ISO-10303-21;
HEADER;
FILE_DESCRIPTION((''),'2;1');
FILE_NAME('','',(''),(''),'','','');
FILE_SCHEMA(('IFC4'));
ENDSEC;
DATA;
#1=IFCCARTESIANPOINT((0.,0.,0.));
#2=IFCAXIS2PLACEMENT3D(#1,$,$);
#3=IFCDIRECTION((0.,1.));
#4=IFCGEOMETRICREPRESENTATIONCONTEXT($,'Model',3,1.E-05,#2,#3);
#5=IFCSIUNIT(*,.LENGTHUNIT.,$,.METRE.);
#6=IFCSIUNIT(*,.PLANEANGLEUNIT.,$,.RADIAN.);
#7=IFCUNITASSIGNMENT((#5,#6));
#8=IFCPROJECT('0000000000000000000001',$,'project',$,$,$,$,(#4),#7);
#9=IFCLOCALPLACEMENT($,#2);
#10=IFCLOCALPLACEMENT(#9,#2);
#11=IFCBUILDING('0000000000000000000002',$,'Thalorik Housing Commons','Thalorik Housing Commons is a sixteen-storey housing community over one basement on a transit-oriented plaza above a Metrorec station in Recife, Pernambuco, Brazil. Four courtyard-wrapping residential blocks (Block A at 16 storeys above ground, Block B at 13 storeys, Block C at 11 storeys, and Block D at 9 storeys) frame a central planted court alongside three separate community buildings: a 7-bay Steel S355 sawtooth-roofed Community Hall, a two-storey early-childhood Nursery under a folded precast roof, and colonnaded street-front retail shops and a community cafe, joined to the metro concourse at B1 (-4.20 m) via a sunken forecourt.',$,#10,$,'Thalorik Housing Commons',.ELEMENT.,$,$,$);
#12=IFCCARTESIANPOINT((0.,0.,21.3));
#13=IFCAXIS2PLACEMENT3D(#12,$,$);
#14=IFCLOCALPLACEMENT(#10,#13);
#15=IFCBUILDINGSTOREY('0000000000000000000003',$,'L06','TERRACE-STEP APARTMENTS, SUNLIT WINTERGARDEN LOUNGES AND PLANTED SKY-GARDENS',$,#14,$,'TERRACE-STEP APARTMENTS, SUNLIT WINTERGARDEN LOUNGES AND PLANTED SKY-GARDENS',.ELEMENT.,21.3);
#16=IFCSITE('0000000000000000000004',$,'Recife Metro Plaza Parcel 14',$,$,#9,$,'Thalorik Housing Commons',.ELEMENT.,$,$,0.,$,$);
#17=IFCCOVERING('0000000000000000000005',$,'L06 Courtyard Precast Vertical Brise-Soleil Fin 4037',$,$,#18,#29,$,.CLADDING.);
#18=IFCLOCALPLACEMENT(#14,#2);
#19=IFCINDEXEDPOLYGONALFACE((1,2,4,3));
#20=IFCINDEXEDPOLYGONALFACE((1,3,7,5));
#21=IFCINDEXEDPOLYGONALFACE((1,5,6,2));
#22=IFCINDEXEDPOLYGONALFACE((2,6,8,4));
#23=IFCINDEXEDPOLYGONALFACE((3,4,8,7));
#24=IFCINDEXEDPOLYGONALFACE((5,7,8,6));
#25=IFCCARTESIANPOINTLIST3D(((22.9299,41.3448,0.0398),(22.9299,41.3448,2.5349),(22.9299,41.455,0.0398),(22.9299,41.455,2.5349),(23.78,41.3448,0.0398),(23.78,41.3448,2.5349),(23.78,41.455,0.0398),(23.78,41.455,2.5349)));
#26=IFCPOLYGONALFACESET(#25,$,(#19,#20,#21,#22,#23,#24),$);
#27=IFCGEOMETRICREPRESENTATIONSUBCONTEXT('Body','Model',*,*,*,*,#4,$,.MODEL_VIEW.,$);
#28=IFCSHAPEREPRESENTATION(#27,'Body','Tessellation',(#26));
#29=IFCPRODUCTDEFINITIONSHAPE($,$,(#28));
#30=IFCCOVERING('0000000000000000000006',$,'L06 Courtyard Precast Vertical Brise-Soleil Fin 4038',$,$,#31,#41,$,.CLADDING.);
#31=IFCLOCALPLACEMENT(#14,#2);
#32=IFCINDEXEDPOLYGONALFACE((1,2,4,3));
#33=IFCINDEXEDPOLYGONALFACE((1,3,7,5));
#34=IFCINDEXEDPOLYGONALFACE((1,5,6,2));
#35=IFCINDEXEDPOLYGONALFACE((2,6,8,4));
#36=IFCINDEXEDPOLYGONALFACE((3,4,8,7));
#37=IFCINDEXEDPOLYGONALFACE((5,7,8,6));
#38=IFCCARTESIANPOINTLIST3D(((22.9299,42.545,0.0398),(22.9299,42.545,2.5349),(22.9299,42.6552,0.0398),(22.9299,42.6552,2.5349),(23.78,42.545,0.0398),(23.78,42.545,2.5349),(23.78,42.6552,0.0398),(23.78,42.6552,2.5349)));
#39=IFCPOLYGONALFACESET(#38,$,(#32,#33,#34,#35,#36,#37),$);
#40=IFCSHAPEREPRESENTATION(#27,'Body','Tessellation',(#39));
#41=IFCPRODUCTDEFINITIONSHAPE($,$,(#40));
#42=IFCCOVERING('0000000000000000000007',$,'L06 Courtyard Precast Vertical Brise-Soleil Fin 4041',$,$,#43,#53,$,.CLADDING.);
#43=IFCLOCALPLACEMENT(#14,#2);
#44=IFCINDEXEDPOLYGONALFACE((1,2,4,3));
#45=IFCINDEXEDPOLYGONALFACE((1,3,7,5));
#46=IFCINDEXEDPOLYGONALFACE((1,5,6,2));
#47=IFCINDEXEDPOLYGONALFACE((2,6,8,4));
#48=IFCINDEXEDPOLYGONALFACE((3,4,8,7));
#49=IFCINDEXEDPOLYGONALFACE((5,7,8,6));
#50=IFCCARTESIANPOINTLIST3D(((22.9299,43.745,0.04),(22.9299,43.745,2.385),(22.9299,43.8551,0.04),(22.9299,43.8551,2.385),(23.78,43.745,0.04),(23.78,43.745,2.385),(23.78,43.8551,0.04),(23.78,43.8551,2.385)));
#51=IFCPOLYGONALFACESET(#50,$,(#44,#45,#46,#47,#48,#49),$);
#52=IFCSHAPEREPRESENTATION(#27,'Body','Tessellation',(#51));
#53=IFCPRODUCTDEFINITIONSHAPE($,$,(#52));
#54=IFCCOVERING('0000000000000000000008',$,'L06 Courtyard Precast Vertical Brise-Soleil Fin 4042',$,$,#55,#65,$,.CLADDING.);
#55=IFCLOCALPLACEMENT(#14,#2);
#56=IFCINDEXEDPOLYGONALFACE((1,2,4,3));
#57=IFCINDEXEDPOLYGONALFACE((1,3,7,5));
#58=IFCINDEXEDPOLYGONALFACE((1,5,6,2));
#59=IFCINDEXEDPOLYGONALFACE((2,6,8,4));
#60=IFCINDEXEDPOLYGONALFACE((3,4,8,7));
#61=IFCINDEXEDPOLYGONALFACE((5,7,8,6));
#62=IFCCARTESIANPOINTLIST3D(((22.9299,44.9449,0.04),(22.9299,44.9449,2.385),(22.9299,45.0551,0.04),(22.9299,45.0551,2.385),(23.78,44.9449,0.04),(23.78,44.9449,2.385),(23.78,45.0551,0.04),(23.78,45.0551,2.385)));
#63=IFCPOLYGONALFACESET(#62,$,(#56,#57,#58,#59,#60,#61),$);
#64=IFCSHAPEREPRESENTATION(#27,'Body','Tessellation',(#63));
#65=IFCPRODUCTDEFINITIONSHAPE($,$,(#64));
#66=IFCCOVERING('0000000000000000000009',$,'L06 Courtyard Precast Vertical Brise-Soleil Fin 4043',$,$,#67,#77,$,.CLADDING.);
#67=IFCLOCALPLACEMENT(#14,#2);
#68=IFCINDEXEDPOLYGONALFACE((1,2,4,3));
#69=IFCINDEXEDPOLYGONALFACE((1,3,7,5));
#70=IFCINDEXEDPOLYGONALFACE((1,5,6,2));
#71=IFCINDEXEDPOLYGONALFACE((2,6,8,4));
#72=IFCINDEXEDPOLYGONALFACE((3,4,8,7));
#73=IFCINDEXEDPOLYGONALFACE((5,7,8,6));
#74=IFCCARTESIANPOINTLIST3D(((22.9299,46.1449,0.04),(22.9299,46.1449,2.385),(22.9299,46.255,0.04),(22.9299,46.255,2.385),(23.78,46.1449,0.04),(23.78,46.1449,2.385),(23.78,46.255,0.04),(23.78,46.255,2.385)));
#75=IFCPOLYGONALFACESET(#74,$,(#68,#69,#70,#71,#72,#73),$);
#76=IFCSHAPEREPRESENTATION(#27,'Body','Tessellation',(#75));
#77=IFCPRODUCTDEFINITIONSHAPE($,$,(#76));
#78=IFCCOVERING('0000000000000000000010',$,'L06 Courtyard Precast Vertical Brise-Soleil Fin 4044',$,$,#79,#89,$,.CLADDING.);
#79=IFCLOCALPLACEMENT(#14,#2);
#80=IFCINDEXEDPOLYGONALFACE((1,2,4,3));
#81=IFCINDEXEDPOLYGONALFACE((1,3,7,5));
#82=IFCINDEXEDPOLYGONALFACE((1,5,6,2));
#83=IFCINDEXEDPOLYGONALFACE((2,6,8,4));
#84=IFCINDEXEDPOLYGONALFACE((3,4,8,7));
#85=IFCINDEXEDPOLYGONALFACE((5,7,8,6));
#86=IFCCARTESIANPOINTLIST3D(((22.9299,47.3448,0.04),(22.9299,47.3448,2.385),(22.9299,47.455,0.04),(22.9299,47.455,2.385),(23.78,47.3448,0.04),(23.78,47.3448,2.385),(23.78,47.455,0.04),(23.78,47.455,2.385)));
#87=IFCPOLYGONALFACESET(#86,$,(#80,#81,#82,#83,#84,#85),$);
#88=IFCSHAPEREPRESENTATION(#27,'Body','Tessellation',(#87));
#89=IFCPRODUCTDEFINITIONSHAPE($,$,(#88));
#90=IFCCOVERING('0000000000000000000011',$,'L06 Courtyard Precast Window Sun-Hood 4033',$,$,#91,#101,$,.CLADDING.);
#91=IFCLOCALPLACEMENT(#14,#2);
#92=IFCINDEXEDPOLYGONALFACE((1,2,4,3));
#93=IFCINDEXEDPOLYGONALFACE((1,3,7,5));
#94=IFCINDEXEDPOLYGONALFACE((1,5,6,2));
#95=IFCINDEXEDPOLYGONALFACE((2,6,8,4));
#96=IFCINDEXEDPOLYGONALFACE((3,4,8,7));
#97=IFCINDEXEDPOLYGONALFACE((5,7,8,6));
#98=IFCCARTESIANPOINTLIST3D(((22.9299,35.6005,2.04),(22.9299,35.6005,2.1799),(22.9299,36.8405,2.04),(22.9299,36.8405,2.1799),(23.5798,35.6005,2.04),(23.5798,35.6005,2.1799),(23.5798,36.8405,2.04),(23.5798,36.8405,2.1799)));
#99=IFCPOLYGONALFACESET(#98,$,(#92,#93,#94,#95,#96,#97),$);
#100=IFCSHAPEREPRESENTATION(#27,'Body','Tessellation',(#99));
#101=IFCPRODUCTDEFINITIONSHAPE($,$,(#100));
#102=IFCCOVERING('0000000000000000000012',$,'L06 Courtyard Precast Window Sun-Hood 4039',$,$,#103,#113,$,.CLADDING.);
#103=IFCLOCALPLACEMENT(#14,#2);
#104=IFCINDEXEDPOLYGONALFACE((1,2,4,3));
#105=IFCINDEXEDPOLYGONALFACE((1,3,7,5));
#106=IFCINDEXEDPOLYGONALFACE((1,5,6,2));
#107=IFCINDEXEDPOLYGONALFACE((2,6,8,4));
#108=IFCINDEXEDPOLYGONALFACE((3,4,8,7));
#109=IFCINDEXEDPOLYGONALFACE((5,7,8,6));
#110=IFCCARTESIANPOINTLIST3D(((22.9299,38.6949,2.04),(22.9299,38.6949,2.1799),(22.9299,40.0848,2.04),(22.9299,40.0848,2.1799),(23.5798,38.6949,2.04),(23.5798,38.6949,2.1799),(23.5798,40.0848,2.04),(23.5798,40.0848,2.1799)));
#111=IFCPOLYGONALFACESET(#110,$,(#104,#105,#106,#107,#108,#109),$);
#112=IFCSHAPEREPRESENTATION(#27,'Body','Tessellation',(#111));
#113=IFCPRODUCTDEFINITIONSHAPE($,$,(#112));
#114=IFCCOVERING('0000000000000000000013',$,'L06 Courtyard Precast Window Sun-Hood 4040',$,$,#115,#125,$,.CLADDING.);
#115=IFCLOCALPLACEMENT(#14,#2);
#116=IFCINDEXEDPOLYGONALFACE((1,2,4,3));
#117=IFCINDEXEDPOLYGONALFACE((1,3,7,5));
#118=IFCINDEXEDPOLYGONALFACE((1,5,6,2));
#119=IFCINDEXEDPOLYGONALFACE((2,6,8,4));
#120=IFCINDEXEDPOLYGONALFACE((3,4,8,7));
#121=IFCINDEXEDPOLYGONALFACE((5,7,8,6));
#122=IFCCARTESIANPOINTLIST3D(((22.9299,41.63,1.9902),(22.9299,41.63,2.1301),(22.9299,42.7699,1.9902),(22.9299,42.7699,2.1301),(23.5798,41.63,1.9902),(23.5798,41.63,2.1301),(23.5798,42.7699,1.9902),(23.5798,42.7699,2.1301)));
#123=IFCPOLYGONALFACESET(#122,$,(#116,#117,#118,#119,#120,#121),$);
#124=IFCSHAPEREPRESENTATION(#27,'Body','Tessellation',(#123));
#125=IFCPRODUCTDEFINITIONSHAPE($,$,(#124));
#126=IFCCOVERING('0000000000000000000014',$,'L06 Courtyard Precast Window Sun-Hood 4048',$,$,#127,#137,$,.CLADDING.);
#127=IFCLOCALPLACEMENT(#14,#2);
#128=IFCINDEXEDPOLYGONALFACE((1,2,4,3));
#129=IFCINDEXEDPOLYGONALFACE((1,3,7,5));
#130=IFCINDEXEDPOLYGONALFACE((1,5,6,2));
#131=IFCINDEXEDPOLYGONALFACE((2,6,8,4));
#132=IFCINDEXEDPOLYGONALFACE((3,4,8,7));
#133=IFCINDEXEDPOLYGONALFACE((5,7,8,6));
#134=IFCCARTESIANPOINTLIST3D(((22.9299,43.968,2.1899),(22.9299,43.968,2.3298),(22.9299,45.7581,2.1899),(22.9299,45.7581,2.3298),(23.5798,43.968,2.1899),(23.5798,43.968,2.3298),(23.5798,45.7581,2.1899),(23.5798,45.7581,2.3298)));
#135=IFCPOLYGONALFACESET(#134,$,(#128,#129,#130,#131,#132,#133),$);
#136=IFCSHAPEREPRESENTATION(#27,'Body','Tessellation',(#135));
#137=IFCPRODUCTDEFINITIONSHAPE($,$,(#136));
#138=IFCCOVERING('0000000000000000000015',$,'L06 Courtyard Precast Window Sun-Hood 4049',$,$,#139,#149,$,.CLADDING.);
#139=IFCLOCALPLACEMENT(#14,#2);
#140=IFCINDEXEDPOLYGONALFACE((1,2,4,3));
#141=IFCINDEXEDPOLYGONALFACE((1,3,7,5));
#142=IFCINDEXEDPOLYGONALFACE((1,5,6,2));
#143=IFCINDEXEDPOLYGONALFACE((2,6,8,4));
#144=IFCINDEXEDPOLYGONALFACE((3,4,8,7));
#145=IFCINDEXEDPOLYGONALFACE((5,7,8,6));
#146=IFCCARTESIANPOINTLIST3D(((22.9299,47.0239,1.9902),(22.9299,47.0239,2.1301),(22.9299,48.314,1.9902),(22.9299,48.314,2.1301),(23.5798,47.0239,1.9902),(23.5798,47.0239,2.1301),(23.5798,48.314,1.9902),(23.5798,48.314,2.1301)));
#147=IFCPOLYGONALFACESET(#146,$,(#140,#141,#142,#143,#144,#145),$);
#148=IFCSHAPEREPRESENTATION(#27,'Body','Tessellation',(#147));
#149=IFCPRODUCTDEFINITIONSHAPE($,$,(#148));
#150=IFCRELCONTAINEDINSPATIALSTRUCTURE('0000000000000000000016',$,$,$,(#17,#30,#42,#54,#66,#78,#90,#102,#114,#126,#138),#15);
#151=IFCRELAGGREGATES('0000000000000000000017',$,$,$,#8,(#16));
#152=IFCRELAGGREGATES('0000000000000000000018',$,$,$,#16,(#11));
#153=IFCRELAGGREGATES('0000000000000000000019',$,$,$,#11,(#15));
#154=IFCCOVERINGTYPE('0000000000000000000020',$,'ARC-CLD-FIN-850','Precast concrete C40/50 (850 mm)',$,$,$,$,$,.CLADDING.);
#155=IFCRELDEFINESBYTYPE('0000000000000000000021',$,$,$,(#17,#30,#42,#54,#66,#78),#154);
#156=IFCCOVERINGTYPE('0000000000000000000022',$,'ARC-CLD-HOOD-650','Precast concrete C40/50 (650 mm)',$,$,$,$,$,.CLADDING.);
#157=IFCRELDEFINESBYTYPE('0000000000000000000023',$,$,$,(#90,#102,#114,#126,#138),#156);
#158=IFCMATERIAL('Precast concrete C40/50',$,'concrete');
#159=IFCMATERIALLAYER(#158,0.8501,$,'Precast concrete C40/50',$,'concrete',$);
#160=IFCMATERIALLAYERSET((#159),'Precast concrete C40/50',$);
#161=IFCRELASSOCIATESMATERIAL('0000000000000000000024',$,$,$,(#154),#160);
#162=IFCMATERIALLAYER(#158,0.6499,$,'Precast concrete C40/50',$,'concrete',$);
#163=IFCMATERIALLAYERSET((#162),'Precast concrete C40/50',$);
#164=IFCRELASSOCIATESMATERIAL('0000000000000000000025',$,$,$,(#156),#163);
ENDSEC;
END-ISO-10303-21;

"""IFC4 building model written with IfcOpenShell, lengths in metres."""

from ifc_helpers import new_model, si_unit, direction, frame, origin, origin_2d, place, context, subcontext, project, spatial, rectangle, extrude, material, layer, layer_set, type_object, element, save


model = new_model("IFC4")

# Units and contexts
model_context = context("Model", 3, precision=1e-05, world=origin(), true_north=direction((0.0, 1.0)))
body_context = subcontext(model_context, "Body", "Model", "MODEL_VIEW")
ifc_project = project(units=[si_unit("LENGTHUNIT", "METRE"), si_unit("PLANEANGLEUNIT", "RADIAN")], contexts=[model_context])

# Site, building, storey
site_placement = place(None, origin())
site = spatial("IfcSite", under=ifc_project, at=site_placement, Name="Recife Metro Plaza Parcel 14", LongName="Thalorik Housing Commons", CompositionType="ELEMENT", RefElevation=0.0)
building_placement = place(site_placement, origin())
building = spatial("IfcBuilding", under=site, at=building_placement, Name="Thalorik Housing Commons", Description="Thalorik Housing Commons is a sixteen-storey housing community over one basement on a transit-oriented plaza above a Metrorec station in Recife, Pernambuco, Brazil. Four courtyard-wrapping residential blocks (Block A at 16 storeys above ground, Block B at 13 storeys, Block C at 11 storeys, and Block D at 9 storeys) frame a central planted court alongside three separate community buildings: a 7-bay Steel S355 sawtooth-roofed Community Hall, a two-storey early-childhood Nursery under a folded precast roof, and colonnaded street-front retail shops and a community cafe, joined to the metro concourse at B1 (-4.20 m) via a sunken forecourt.", LongName="Thalorik Housing Commons", CompositionType="ELEMENT")
storey_placement = place(building_placement, frame((0.0, 0.0, 21.3)))
storey = spatial("IfcBuildingStorey", under=building, at=storey_placement, Name="L06", Description="TERRACE-STEP APARTMENTS, SUNLIT WINTERGARDEN LOUNGES AND PLANTED SKY-GARDENS", LongName="TERRACE-STEP APARTMENTS, SUNLIT WINTERGARDEN LOUNGES AND PLANTED SKY-GARDENS", CompositionType="ELEMENT", Elevation=21.3)

# Shared definitions
ifc_material_1 = material(Name="Precast concrete C40/50", Category="concrete")

# Coverings
ifc_layer_1 = layer(ifc_material_1, 0.8501, Name="Precast concrete C40/50", Category="concrete")
ifc_layer_set_1 = layer_set([ifc_layer_1], Name="Precast concrete C40/50")
covering_type_1 = type_object("IfcCoveringType", Name="ARC-CLD-FIN-850", Description="Precast concrete C40/50 (850 mm)", PredefinedType="CLADDING", material=ifc_layer_set_1)
for number, where, z_axis, x_axis, name in (
    (1, (23.355, 41.3999, 0.0398), (0.0, 0.0, 1.0), (0.0, 1.0, 0.0), "L06 Courtyard Precast Vertical Brise-Soleil Fin 4037"),
    (2, (23.355, 42.6001, 0.0398), (0.0, 0.0, 1.0), (0.0, 1.0, 0.0), "L06 Courtyard Precast Vertical Brise-Soleil Fin 4038"),
):
    element("IfcCovering", number, at=place(storey_placement, frame(where, z_axis=z_axis, x_axis=x_axis)), inside=storey, type_object=covering_type_1, Name=name, PredefinedType="CLADDING", context=body_context, shape_type="SweptSolid", body=[
        extrude(rectangle(XDim=0.1101, YDim=0.8501, at=origin_2d()), origin(), (0.0, 0.0, 1.0), 2.4951),
    ])
for number, where, z_axis, x_axis, name in (
    (3, (23.355, 43.8, 0.04), (0.0, 0.0, 1.0), (0.0, 1.0, 0.0), "L06 Courtyard Precast Vertical Brise-Soleil Fin 4041"),
    (4, (23.355, 45.0, 0.04), (0.0, 0.0, 1.0), (0.0, 1.0, 0.0), "L06 Courtyard Precast Vertical Brise-Soleil Fin 4042"),
    (5, (23.355, 46.2, 0.04), (0.0, 0.0, 1.0), (0.0, 1.0, 0.0), "L06 Courtyard Precast Vertical Brise-Soleil Fin 4043"),
    (6, (23.355, 47.3999, 0.04), (0.0, 0.0, 1.0), (0.0, 1.0, 0.0), "L06 Courtyard Precast Vertical Brise-Soleil Fin 4044"),
):
    element("IfcCovering", number, at=place(storey_placement, frame(where, z_axis=z_axis, x_axis=x_axis)), inside=storey, type_object=covering_type_1, Name=name, PredefinedType="CLADDING", context=body_context, shape_type="SweptSolid", body=[
        extrude(rectangle(XDim=0.1101, YDim=0.8501, at=origin_2d()), origin(), (0.0, 0.0, 1.0), 2.345),
    ])
ifc_layer_2 = layer(ifc_material_1, 0.6499, Name="Precast concrete C40/50", Category="concrete")
ifc_layer_set_2 = layer_set([ifc_layer_2], Name="Precast concrete C40/50")
covering_type_2 = type_object("IfcCoveringType", Name="ARC-CLD-HOOD-650", Description="Precast concrete C40/50 (650 mm)", PredefinedType="CLADDING", material=ifc_layer_set_2)
covering_1_placement = place(storey_placement, frame((23.2549, 36.2205, 2.04), z_axis=(0.0, 0.0, 1.0), x_axis=(0.0, 1.0, 0.0)))
element("IfcCovering", 7, at=covering_1_placement, inside=storey, type_object=covering_type_2, Name="L06 Courtyard Precast Window Sun-Hood 4033", PredefinedType="CLADDING", context=body_context, shape_type="SweptSolid", body=[
    extrude(rectangle(XDim=1.24, YDim=0.6499, at=origin_2d()), origin(), (0.0, 0.0, 1.0), 0.1399),
])
covering_2_placement = place(storey_placement, frame((23.2549, 39.3899, 2.04), z_axis=(0.0, 0.0, 1.0), x_axis=(0.0, 1.0, 0.0)))
element("IfcCovering", 8, at=covering_2_placement, inside=storey, type_object=covering_type_2, Name="L06 Courtyard Precast Window Sun-Hood 4039", PredefinedType="CLADDING", context=body_context, shape_type="SweptSolid", body=[
    extrude(rectangle(XDim=1.3899, YDim=0.6499, at=origin_2d()), origin(), (0.0, 0.0, 1.0), 0.1399),
])
covering_3_placement = place(storey_placement, frame((23.2549, 42.2, 1.9902), z_axis=(0.0, 0.0, 1.0), x_axis=(0.0, 1.0, 0.0)))
element("IfcCovering", 9, at=covering_3_placement, inside=storey, type_object=covering_type_2, Name="L06 Courtyard Precast Window Sun-Hood 4040", PredefinedType="CLADDING", context=body_context, shape_type="SweptSolid", body=[
    extrude(rectangle(XDim=1.1399, YDim=0.6499, at=origin_2d()), origin(), (0.0, 0.0, 1.0), 0.1399),
])
covering_4_placement = place(storey_placement, frame((23.2549, 44.863, 2.1899), z_axis=(0.0, 0.0, 1.0), x_axis=(0.0, 1.0, 0.0)))
element("IfcCovering", 10, at=covering_4_placement, inside=storey, type_object=covering_type_2, Name="L06 Courtyard Precast Window Sun-Hood 4048", PredefinedType="CLADDING", context=body_context, shape_type="SweptSolid", body=[
    extrude(rectangle(XDim=1.79, YDim=0.6499, at=origin_2d()), origin(), (0.0, 0.0, 1.0), 0.1399),
])
covering_5_placement = place(storey_placement, frame((23.2549, 47.6689, 1.9902), z_axis=(0.0, 0.0, 1.0), x_axis=(0.0, 1.0, 0.0)))
element("IfcCovering", 11, at=covering_5_placement, inside=storey, type_object=covering_type_2, Name="L06 Courtyard Precast Window Sun-Hood 4049", PredefinedType="CLADDING", context=body_context, shape_type="SweptSolid", body=[
    extrude(rectangle(XDim=1.29, YDim=0.6499, at=origin_2d()), origin(), (0.0, 0.0, 1.0), 0.1399),
])

save(model, "model.ifc")
